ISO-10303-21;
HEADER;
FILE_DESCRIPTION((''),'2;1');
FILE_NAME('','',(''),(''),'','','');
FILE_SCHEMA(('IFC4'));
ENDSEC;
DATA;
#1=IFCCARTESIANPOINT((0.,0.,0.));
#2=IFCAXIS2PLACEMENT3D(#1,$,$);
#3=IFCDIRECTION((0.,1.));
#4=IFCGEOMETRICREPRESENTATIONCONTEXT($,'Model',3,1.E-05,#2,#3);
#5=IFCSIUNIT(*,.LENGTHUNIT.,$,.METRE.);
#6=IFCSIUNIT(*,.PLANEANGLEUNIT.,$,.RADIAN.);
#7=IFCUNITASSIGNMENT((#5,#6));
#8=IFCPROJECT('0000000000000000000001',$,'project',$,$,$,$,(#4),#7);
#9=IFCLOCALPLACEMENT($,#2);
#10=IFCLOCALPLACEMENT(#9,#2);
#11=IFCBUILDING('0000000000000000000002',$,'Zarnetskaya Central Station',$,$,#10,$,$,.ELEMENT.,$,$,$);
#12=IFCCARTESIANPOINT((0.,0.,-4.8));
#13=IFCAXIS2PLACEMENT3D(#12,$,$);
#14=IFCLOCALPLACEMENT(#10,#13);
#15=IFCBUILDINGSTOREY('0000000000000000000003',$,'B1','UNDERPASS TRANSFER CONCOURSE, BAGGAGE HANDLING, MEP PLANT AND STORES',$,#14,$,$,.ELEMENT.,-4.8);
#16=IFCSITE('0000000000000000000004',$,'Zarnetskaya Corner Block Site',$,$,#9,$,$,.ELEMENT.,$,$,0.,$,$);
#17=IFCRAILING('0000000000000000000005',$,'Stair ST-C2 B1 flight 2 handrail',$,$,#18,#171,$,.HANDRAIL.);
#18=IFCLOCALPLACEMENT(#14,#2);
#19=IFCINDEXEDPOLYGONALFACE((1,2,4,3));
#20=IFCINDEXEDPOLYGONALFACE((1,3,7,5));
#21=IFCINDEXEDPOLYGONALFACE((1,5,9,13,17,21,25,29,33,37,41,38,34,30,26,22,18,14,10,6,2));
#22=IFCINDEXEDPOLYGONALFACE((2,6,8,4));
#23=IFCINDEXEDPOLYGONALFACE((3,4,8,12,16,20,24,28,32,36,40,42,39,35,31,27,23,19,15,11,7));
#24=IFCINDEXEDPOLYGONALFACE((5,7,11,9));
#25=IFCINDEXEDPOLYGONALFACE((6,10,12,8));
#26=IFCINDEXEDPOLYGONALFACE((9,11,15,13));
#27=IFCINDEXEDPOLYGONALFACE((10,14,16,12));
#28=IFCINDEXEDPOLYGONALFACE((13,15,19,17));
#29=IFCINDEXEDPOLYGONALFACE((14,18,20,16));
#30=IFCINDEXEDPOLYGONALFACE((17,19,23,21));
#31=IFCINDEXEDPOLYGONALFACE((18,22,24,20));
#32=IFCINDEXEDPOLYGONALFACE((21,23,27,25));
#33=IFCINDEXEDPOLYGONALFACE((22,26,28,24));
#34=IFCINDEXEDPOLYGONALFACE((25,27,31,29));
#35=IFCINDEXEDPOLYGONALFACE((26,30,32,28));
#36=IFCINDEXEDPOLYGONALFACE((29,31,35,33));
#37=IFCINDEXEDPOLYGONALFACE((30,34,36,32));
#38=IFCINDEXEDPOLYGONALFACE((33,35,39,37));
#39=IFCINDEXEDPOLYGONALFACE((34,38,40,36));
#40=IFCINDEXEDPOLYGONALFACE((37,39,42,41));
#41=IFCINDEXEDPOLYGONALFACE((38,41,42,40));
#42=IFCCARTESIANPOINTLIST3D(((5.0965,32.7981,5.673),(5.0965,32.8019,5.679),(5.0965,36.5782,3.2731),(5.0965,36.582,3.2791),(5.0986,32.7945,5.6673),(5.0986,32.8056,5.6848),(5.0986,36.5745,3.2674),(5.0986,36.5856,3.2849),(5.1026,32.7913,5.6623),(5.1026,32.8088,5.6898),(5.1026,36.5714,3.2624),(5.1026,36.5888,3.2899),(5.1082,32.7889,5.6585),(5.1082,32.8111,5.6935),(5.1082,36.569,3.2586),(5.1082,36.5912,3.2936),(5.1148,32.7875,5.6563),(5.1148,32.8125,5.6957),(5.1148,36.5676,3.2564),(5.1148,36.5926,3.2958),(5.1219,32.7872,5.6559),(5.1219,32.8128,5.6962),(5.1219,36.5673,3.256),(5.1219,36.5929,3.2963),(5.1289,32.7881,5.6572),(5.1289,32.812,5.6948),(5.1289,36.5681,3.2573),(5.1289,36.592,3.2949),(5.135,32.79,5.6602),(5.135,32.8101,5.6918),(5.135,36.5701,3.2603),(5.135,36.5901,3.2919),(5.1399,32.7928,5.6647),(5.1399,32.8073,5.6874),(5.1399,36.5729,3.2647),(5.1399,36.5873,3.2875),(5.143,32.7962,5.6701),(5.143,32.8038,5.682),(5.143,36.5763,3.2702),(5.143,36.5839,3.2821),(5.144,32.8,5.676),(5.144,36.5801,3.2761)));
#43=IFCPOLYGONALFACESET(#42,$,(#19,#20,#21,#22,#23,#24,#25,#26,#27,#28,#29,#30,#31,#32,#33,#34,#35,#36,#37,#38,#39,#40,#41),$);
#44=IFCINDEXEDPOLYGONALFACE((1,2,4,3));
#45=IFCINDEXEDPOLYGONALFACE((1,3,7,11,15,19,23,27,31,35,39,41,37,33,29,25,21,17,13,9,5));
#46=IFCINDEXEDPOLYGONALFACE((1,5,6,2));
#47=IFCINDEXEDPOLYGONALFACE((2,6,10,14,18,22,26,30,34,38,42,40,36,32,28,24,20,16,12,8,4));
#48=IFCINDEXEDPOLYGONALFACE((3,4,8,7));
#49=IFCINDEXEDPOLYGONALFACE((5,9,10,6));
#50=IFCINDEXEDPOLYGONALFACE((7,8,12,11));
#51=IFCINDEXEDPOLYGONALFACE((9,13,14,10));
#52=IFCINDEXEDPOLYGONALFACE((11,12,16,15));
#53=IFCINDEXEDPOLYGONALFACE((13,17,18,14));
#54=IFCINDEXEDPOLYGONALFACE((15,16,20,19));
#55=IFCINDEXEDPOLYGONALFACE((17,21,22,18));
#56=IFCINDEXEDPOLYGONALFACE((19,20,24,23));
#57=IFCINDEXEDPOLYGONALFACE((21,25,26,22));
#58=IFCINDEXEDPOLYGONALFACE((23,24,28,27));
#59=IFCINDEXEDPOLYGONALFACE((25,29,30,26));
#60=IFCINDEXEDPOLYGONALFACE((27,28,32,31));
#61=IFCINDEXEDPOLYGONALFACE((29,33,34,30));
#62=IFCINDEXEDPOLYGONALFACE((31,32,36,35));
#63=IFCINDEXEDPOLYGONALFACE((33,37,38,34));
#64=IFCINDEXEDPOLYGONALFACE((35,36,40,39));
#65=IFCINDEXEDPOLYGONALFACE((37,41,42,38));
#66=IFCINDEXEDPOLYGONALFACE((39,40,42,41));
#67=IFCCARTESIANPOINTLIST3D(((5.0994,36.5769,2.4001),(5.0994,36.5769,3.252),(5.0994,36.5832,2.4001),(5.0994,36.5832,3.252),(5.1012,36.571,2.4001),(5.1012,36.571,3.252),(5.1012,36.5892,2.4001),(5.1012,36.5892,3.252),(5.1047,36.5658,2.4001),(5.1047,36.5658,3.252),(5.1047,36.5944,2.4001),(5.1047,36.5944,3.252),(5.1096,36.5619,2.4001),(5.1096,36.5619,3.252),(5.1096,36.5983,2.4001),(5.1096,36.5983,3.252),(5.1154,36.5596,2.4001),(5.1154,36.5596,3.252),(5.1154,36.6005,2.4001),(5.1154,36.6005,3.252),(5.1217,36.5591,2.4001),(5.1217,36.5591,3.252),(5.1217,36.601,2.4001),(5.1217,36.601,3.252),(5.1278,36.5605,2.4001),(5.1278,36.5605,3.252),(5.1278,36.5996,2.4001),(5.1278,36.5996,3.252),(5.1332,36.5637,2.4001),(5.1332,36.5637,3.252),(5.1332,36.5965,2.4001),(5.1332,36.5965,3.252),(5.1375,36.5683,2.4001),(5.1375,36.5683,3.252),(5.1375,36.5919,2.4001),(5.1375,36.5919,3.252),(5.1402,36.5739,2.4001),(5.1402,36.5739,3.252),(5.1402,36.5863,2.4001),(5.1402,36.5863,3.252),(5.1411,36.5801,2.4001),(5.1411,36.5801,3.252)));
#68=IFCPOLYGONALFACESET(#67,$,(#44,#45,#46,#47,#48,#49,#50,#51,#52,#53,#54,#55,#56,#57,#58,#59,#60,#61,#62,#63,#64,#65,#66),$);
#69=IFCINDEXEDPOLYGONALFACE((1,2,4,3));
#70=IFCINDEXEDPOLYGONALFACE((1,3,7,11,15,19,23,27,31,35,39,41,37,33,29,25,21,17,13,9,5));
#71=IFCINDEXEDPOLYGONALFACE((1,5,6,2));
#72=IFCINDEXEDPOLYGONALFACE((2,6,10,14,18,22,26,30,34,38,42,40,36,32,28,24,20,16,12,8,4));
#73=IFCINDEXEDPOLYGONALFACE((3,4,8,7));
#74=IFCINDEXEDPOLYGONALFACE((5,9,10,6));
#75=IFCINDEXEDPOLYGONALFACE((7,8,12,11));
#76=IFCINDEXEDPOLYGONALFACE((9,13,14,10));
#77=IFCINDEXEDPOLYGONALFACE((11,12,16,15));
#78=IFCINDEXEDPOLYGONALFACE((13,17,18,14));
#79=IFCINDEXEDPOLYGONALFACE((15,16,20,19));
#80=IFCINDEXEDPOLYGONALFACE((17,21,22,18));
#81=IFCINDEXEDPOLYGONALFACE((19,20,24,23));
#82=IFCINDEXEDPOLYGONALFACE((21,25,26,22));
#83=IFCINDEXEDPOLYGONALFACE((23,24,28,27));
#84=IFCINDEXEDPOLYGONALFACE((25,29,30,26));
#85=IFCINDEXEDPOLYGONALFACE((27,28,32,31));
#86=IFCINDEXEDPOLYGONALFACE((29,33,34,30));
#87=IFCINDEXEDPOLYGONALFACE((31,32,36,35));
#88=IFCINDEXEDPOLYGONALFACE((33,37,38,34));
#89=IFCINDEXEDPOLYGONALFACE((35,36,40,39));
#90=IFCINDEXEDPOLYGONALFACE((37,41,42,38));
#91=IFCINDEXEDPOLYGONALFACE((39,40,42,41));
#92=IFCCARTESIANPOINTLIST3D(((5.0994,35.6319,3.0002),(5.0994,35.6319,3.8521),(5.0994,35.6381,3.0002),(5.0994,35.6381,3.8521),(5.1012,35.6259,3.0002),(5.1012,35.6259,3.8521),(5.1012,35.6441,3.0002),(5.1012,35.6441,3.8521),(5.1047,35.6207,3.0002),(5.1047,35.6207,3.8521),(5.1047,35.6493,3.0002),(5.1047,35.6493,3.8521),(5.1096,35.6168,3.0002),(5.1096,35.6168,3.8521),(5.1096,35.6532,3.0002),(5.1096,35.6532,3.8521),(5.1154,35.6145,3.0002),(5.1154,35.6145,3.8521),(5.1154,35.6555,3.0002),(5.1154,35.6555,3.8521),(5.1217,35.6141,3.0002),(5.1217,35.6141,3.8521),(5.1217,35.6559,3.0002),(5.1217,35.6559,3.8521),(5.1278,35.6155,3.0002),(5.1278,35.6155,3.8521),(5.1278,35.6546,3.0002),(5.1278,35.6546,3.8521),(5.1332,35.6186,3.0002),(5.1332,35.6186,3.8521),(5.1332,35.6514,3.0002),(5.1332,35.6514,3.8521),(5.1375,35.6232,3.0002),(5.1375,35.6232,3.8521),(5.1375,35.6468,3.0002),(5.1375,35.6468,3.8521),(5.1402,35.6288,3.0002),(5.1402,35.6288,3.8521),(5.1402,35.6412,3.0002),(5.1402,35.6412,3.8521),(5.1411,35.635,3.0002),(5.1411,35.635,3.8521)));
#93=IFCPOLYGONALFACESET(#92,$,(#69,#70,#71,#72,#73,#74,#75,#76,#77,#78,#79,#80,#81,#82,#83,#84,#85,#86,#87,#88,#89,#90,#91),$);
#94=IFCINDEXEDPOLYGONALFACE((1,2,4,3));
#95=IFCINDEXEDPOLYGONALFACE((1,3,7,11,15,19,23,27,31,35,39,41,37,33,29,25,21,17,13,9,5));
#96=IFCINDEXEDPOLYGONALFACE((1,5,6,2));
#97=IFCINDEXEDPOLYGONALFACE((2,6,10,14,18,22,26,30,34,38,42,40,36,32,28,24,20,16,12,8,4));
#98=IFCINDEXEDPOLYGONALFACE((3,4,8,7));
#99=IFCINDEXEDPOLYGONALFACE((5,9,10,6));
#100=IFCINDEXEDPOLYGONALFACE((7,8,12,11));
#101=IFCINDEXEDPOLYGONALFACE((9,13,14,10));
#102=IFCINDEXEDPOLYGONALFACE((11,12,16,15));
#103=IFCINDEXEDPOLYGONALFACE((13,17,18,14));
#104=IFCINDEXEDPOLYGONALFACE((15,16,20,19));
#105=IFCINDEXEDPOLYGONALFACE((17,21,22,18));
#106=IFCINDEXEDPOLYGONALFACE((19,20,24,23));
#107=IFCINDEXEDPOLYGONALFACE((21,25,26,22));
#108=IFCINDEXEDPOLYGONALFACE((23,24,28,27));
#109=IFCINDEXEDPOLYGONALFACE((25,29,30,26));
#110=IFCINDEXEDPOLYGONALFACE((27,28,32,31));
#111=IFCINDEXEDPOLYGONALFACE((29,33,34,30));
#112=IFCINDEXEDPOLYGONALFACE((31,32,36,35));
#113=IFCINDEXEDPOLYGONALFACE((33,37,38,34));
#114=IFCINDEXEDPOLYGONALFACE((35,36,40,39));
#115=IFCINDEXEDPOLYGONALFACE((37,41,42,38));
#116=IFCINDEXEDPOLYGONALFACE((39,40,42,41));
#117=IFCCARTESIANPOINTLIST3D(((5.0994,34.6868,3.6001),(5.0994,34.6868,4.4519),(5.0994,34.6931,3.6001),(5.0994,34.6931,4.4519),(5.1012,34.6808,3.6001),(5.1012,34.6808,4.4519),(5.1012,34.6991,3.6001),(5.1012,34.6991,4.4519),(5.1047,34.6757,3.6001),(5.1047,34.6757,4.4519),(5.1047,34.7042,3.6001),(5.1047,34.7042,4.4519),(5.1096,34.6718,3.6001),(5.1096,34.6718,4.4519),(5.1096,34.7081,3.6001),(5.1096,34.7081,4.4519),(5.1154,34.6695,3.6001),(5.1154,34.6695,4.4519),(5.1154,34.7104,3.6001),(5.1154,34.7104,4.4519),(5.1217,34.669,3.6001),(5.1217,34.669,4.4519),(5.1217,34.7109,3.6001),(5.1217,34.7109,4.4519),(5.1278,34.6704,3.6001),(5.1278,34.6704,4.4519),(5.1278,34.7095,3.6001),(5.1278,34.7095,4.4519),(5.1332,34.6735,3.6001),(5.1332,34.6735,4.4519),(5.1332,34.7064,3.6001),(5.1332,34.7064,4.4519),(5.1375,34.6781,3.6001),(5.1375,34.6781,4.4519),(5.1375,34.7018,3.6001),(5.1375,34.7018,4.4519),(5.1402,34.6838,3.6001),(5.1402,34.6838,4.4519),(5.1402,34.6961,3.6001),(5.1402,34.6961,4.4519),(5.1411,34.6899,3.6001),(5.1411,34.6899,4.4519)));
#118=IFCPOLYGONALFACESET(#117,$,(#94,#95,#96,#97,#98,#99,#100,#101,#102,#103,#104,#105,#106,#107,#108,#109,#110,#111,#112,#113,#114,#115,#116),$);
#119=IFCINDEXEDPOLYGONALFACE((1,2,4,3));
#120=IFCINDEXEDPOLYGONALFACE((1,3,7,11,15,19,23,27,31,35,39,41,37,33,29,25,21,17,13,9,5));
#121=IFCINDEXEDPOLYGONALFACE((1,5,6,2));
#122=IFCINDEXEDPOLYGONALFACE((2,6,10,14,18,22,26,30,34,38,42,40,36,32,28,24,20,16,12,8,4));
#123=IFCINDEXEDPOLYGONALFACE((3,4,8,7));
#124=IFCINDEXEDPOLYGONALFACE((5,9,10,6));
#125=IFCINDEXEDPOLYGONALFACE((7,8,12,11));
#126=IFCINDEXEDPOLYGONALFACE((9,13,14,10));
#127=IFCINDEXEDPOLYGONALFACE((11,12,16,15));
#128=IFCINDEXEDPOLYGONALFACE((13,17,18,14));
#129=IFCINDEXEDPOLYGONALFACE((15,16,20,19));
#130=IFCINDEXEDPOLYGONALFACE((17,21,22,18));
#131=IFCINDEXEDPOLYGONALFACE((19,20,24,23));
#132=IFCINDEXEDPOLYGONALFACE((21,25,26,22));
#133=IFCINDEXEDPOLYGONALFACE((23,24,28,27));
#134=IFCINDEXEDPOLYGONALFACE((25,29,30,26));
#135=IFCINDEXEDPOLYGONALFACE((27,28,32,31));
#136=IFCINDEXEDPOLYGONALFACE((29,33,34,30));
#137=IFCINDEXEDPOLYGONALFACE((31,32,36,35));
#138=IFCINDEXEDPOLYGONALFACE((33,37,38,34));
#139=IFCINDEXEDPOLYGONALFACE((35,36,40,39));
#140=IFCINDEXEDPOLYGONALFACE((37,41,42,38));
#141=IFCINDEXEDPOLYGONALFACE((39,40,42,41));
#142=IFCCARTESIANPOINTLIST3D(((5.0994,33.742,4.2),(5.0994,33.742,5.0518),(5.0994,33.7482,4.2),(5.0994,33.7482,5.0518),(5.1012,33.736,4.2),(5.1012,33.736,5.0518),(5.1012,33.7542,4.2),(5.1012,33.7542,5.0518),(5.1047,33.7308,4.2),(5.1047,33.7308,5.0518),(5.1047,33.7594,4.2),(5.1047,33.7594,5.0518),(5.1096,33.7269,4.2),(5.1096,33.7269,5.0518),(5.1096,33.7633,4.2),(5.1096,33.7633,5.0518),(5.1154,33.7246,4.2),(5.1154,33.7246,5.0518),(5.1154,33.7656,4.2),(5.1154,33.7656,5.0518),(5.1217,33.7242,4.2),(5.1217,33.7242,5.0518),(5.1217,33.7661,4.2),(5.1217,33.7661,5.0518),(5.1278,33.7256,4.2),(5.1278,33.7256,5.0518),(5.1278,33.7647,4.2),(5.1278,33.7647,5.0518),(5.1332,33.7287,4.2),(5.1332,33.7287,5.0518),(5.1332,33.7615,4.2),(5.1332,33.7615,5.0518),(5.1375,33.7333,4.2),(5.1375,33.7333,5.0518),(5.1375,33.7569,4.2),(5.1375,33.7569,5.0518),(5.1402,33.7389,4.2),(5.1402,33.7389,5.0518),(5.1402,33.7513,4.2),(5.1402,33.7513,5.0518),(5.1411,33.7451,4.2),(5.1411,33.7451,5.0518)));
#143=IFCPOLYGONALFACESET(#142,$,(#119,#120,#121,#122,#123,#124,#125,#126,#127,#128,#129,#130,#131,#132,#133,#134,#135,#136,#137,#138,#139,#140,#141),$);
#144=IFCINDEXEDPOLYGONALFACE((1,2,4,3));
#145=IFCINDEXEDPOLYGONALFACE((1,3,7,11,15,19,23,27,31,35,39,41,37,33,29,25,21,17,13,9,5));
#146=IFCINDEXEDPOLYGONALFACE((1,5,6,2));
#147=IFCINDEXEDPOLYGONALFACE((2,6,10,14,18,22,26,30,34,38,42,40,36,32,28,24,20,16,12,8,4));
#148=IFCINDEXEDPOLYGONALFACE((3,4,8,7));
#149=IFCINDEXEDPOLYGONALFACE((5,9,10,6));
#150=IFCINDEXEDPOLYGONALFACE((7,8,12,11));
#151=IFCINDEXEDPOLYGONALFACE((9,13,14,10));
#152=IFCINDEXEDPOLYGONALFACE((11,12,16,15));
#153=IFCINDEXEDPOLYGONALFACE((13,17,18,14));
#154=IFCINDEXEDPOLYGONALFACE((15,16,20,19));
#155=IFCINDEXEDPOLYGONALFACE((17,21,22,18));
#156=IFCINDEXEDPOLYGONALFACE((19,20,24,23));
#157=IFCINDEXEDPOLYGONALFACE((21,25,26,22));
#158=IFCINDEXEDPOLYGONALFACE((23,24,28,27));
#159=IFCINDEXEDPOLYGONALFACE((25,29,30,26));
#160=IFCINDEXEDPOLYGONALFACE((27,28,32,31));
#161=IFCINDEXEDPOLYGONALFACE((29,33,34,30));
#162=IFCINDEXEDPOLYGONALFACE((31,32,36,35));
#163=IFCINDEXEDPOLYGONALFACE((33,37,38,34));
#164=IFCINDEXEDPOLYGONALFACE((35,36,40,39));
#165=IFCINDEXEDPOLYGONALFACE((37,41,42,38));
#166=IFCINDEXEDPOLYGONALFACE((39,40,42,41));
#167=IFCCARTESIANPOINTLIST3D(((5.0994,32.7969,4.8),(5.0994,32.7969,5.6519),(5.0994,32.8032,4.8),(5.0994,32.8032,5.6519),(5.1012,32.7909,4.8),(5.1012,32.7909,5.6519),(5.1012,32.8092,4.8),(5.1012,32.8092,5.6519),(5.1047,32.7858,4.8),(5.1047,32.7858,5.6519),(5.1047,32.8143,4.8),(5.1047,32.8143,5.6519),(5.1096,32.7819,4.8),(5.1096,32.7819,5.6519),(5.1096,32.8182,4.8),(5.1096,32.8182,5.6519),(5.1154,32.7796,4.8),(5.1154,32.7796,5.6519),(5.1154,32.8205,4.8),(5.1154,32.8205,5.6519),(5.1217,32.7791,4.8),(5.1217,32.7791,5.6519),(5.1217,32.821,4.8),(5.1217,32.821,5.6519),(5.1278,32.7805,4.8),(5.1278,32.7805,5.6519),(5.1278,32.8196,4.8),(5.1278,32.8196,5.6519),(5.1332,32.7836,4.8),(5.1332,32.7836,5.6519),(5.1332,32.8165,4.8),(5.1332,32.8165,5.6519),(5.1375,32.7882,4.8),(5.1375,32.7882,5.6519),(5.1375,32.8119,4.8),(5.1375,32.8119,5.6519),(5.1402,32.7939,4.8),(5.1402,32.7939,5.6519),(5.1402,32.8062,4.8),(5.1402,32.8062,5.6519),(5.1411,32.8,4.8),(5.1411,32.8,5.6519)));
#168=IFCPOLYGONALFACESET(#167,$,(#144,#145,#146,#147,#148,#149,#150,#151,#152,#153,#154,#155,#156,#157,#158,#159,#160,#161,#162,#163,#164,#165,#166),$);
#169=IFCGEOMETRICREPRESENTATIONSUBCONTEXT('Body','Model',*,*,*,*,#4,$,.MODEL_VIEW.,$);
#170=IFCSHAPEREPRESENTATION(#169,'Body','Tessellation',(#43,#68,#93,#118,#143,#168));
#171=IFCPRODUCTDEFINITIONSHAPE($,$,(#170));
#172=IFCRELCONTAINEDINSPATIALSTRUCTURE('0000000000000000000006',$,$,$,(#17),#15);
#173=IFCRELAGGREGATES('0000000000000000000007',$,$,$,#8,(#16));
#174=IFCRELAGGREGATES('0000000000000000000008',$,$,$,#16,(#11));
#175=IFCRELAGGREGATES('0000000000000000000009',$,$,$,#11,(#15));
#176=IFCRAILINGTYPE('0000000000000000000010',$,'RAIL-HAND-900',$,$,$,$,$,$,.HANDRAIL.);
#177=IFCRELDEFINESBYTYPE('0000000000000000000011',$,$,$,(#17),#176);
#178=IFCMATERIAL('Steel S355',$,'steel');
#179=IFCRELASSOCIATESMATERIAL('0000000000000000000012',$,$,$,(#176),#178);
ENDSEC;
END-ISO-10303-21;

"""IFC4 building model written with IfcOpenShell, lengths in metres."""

from ifc_helpers import new_model, si_unit, direction, frame, origin, origin_2d, place, context, subcontext, project, spatial, circle, extrude, material, type_object, element, save


model = new_model("IFC4")

# Units and contexts
model_context = context("Model", 3, precision=1e-05, world=origin(), true_north=direction((0.0, 1.0)))
body_context = subcontext(model_context, "Body", "Model", "MODEL_VIEW")
ifc_project = project(units=[si_unit("LENGTHUNIT", "METRE"), si_unit("PLANEANGLEUNIT", "RADIAN")], contexts=[model_context])

# Site, building, storey
site_placement = place(None, origin())
site = spatial("IfcSite", under=ifc_project, at=site_placement, Name="Zarnetskaya Corner Block Site", CompositionType="ELEMENT", RefElevation=0.0)
building_placement = place(site_placement, origin())
building = spatial("IfcBuilding", under=site, at=building_placement, Name="Zarnetskaya Central Station", CompositionType="ELEMENT")
storey_placement = place(building_placement, frame((0.0, 0.0, -4.8)))
storey = spatial("IfcBuildingStorey", under=building, at=storey_placement, Name="B1", Description="UNDERPASS TRANSFER CONCOURSE, BAGGAGE HANDLING, MEP PLANT AND STORES", CompositionType="ELEMENT", Elevation=-4.8)

# Railing
ifc_material_1 = material(Name="Steel S355", Category="steel")
railing_type_1 = type_object("IfcRailingType", Name="RAIL-HAND-900", PredefinedType="HANDRAIL", material=ifc_material_1)
railing_1_placement = place(storey_placement, frame((5.1201, 36.5801, 2.4001)))
element("IfcRailing", 1, at=railing_1_placement, inside=storey, type_object=railing_type_1, Name="Stair ST-C2 B1 flight 2 handrail", PredefinedType="HANDRAIL", context=body_context, shape_type="SweptSolid", body=[
    extrude(circle(Radius=0.0239, at=origin_2d()), frame((0.0, 0.0, 0.876), z_axis=(0.0, -0.844225, 0.53599), x_axis=(1.0, 0.0, 0.0)), (0.0, 0.0, 1.0), 4.4775),
    extrude(circle(Radius=0.021, at=origin_2d()), origin(), (0.0, 0.0, 1.0), 0.8518),
    extrude(circle(Radius=0.021, at=origin_2d()), frame((0.0, -0.9451, 0.6001)), (0.0, 0.0, 1.0), 0.8518),
    extrude(circle(Radius=0.021, at=origin_2d()), frame((0.0, -1.8901, 1.2)), (0.0, 0.0, 1.0), 0.8518),
    extrude(circle(Radius=0.021, at=origin_2d()), frame((0.0, -2.835, 1.7998)), (0.0, 0.0, 1.0), 0.8518),
    extrude(circle(Radius=0.021, at=origin_2d()), frame((0.0, -3.78, 2.3999)), (0.0, 0.0, 1.0), 0.8518),
])

save(model, "model.ifc")
